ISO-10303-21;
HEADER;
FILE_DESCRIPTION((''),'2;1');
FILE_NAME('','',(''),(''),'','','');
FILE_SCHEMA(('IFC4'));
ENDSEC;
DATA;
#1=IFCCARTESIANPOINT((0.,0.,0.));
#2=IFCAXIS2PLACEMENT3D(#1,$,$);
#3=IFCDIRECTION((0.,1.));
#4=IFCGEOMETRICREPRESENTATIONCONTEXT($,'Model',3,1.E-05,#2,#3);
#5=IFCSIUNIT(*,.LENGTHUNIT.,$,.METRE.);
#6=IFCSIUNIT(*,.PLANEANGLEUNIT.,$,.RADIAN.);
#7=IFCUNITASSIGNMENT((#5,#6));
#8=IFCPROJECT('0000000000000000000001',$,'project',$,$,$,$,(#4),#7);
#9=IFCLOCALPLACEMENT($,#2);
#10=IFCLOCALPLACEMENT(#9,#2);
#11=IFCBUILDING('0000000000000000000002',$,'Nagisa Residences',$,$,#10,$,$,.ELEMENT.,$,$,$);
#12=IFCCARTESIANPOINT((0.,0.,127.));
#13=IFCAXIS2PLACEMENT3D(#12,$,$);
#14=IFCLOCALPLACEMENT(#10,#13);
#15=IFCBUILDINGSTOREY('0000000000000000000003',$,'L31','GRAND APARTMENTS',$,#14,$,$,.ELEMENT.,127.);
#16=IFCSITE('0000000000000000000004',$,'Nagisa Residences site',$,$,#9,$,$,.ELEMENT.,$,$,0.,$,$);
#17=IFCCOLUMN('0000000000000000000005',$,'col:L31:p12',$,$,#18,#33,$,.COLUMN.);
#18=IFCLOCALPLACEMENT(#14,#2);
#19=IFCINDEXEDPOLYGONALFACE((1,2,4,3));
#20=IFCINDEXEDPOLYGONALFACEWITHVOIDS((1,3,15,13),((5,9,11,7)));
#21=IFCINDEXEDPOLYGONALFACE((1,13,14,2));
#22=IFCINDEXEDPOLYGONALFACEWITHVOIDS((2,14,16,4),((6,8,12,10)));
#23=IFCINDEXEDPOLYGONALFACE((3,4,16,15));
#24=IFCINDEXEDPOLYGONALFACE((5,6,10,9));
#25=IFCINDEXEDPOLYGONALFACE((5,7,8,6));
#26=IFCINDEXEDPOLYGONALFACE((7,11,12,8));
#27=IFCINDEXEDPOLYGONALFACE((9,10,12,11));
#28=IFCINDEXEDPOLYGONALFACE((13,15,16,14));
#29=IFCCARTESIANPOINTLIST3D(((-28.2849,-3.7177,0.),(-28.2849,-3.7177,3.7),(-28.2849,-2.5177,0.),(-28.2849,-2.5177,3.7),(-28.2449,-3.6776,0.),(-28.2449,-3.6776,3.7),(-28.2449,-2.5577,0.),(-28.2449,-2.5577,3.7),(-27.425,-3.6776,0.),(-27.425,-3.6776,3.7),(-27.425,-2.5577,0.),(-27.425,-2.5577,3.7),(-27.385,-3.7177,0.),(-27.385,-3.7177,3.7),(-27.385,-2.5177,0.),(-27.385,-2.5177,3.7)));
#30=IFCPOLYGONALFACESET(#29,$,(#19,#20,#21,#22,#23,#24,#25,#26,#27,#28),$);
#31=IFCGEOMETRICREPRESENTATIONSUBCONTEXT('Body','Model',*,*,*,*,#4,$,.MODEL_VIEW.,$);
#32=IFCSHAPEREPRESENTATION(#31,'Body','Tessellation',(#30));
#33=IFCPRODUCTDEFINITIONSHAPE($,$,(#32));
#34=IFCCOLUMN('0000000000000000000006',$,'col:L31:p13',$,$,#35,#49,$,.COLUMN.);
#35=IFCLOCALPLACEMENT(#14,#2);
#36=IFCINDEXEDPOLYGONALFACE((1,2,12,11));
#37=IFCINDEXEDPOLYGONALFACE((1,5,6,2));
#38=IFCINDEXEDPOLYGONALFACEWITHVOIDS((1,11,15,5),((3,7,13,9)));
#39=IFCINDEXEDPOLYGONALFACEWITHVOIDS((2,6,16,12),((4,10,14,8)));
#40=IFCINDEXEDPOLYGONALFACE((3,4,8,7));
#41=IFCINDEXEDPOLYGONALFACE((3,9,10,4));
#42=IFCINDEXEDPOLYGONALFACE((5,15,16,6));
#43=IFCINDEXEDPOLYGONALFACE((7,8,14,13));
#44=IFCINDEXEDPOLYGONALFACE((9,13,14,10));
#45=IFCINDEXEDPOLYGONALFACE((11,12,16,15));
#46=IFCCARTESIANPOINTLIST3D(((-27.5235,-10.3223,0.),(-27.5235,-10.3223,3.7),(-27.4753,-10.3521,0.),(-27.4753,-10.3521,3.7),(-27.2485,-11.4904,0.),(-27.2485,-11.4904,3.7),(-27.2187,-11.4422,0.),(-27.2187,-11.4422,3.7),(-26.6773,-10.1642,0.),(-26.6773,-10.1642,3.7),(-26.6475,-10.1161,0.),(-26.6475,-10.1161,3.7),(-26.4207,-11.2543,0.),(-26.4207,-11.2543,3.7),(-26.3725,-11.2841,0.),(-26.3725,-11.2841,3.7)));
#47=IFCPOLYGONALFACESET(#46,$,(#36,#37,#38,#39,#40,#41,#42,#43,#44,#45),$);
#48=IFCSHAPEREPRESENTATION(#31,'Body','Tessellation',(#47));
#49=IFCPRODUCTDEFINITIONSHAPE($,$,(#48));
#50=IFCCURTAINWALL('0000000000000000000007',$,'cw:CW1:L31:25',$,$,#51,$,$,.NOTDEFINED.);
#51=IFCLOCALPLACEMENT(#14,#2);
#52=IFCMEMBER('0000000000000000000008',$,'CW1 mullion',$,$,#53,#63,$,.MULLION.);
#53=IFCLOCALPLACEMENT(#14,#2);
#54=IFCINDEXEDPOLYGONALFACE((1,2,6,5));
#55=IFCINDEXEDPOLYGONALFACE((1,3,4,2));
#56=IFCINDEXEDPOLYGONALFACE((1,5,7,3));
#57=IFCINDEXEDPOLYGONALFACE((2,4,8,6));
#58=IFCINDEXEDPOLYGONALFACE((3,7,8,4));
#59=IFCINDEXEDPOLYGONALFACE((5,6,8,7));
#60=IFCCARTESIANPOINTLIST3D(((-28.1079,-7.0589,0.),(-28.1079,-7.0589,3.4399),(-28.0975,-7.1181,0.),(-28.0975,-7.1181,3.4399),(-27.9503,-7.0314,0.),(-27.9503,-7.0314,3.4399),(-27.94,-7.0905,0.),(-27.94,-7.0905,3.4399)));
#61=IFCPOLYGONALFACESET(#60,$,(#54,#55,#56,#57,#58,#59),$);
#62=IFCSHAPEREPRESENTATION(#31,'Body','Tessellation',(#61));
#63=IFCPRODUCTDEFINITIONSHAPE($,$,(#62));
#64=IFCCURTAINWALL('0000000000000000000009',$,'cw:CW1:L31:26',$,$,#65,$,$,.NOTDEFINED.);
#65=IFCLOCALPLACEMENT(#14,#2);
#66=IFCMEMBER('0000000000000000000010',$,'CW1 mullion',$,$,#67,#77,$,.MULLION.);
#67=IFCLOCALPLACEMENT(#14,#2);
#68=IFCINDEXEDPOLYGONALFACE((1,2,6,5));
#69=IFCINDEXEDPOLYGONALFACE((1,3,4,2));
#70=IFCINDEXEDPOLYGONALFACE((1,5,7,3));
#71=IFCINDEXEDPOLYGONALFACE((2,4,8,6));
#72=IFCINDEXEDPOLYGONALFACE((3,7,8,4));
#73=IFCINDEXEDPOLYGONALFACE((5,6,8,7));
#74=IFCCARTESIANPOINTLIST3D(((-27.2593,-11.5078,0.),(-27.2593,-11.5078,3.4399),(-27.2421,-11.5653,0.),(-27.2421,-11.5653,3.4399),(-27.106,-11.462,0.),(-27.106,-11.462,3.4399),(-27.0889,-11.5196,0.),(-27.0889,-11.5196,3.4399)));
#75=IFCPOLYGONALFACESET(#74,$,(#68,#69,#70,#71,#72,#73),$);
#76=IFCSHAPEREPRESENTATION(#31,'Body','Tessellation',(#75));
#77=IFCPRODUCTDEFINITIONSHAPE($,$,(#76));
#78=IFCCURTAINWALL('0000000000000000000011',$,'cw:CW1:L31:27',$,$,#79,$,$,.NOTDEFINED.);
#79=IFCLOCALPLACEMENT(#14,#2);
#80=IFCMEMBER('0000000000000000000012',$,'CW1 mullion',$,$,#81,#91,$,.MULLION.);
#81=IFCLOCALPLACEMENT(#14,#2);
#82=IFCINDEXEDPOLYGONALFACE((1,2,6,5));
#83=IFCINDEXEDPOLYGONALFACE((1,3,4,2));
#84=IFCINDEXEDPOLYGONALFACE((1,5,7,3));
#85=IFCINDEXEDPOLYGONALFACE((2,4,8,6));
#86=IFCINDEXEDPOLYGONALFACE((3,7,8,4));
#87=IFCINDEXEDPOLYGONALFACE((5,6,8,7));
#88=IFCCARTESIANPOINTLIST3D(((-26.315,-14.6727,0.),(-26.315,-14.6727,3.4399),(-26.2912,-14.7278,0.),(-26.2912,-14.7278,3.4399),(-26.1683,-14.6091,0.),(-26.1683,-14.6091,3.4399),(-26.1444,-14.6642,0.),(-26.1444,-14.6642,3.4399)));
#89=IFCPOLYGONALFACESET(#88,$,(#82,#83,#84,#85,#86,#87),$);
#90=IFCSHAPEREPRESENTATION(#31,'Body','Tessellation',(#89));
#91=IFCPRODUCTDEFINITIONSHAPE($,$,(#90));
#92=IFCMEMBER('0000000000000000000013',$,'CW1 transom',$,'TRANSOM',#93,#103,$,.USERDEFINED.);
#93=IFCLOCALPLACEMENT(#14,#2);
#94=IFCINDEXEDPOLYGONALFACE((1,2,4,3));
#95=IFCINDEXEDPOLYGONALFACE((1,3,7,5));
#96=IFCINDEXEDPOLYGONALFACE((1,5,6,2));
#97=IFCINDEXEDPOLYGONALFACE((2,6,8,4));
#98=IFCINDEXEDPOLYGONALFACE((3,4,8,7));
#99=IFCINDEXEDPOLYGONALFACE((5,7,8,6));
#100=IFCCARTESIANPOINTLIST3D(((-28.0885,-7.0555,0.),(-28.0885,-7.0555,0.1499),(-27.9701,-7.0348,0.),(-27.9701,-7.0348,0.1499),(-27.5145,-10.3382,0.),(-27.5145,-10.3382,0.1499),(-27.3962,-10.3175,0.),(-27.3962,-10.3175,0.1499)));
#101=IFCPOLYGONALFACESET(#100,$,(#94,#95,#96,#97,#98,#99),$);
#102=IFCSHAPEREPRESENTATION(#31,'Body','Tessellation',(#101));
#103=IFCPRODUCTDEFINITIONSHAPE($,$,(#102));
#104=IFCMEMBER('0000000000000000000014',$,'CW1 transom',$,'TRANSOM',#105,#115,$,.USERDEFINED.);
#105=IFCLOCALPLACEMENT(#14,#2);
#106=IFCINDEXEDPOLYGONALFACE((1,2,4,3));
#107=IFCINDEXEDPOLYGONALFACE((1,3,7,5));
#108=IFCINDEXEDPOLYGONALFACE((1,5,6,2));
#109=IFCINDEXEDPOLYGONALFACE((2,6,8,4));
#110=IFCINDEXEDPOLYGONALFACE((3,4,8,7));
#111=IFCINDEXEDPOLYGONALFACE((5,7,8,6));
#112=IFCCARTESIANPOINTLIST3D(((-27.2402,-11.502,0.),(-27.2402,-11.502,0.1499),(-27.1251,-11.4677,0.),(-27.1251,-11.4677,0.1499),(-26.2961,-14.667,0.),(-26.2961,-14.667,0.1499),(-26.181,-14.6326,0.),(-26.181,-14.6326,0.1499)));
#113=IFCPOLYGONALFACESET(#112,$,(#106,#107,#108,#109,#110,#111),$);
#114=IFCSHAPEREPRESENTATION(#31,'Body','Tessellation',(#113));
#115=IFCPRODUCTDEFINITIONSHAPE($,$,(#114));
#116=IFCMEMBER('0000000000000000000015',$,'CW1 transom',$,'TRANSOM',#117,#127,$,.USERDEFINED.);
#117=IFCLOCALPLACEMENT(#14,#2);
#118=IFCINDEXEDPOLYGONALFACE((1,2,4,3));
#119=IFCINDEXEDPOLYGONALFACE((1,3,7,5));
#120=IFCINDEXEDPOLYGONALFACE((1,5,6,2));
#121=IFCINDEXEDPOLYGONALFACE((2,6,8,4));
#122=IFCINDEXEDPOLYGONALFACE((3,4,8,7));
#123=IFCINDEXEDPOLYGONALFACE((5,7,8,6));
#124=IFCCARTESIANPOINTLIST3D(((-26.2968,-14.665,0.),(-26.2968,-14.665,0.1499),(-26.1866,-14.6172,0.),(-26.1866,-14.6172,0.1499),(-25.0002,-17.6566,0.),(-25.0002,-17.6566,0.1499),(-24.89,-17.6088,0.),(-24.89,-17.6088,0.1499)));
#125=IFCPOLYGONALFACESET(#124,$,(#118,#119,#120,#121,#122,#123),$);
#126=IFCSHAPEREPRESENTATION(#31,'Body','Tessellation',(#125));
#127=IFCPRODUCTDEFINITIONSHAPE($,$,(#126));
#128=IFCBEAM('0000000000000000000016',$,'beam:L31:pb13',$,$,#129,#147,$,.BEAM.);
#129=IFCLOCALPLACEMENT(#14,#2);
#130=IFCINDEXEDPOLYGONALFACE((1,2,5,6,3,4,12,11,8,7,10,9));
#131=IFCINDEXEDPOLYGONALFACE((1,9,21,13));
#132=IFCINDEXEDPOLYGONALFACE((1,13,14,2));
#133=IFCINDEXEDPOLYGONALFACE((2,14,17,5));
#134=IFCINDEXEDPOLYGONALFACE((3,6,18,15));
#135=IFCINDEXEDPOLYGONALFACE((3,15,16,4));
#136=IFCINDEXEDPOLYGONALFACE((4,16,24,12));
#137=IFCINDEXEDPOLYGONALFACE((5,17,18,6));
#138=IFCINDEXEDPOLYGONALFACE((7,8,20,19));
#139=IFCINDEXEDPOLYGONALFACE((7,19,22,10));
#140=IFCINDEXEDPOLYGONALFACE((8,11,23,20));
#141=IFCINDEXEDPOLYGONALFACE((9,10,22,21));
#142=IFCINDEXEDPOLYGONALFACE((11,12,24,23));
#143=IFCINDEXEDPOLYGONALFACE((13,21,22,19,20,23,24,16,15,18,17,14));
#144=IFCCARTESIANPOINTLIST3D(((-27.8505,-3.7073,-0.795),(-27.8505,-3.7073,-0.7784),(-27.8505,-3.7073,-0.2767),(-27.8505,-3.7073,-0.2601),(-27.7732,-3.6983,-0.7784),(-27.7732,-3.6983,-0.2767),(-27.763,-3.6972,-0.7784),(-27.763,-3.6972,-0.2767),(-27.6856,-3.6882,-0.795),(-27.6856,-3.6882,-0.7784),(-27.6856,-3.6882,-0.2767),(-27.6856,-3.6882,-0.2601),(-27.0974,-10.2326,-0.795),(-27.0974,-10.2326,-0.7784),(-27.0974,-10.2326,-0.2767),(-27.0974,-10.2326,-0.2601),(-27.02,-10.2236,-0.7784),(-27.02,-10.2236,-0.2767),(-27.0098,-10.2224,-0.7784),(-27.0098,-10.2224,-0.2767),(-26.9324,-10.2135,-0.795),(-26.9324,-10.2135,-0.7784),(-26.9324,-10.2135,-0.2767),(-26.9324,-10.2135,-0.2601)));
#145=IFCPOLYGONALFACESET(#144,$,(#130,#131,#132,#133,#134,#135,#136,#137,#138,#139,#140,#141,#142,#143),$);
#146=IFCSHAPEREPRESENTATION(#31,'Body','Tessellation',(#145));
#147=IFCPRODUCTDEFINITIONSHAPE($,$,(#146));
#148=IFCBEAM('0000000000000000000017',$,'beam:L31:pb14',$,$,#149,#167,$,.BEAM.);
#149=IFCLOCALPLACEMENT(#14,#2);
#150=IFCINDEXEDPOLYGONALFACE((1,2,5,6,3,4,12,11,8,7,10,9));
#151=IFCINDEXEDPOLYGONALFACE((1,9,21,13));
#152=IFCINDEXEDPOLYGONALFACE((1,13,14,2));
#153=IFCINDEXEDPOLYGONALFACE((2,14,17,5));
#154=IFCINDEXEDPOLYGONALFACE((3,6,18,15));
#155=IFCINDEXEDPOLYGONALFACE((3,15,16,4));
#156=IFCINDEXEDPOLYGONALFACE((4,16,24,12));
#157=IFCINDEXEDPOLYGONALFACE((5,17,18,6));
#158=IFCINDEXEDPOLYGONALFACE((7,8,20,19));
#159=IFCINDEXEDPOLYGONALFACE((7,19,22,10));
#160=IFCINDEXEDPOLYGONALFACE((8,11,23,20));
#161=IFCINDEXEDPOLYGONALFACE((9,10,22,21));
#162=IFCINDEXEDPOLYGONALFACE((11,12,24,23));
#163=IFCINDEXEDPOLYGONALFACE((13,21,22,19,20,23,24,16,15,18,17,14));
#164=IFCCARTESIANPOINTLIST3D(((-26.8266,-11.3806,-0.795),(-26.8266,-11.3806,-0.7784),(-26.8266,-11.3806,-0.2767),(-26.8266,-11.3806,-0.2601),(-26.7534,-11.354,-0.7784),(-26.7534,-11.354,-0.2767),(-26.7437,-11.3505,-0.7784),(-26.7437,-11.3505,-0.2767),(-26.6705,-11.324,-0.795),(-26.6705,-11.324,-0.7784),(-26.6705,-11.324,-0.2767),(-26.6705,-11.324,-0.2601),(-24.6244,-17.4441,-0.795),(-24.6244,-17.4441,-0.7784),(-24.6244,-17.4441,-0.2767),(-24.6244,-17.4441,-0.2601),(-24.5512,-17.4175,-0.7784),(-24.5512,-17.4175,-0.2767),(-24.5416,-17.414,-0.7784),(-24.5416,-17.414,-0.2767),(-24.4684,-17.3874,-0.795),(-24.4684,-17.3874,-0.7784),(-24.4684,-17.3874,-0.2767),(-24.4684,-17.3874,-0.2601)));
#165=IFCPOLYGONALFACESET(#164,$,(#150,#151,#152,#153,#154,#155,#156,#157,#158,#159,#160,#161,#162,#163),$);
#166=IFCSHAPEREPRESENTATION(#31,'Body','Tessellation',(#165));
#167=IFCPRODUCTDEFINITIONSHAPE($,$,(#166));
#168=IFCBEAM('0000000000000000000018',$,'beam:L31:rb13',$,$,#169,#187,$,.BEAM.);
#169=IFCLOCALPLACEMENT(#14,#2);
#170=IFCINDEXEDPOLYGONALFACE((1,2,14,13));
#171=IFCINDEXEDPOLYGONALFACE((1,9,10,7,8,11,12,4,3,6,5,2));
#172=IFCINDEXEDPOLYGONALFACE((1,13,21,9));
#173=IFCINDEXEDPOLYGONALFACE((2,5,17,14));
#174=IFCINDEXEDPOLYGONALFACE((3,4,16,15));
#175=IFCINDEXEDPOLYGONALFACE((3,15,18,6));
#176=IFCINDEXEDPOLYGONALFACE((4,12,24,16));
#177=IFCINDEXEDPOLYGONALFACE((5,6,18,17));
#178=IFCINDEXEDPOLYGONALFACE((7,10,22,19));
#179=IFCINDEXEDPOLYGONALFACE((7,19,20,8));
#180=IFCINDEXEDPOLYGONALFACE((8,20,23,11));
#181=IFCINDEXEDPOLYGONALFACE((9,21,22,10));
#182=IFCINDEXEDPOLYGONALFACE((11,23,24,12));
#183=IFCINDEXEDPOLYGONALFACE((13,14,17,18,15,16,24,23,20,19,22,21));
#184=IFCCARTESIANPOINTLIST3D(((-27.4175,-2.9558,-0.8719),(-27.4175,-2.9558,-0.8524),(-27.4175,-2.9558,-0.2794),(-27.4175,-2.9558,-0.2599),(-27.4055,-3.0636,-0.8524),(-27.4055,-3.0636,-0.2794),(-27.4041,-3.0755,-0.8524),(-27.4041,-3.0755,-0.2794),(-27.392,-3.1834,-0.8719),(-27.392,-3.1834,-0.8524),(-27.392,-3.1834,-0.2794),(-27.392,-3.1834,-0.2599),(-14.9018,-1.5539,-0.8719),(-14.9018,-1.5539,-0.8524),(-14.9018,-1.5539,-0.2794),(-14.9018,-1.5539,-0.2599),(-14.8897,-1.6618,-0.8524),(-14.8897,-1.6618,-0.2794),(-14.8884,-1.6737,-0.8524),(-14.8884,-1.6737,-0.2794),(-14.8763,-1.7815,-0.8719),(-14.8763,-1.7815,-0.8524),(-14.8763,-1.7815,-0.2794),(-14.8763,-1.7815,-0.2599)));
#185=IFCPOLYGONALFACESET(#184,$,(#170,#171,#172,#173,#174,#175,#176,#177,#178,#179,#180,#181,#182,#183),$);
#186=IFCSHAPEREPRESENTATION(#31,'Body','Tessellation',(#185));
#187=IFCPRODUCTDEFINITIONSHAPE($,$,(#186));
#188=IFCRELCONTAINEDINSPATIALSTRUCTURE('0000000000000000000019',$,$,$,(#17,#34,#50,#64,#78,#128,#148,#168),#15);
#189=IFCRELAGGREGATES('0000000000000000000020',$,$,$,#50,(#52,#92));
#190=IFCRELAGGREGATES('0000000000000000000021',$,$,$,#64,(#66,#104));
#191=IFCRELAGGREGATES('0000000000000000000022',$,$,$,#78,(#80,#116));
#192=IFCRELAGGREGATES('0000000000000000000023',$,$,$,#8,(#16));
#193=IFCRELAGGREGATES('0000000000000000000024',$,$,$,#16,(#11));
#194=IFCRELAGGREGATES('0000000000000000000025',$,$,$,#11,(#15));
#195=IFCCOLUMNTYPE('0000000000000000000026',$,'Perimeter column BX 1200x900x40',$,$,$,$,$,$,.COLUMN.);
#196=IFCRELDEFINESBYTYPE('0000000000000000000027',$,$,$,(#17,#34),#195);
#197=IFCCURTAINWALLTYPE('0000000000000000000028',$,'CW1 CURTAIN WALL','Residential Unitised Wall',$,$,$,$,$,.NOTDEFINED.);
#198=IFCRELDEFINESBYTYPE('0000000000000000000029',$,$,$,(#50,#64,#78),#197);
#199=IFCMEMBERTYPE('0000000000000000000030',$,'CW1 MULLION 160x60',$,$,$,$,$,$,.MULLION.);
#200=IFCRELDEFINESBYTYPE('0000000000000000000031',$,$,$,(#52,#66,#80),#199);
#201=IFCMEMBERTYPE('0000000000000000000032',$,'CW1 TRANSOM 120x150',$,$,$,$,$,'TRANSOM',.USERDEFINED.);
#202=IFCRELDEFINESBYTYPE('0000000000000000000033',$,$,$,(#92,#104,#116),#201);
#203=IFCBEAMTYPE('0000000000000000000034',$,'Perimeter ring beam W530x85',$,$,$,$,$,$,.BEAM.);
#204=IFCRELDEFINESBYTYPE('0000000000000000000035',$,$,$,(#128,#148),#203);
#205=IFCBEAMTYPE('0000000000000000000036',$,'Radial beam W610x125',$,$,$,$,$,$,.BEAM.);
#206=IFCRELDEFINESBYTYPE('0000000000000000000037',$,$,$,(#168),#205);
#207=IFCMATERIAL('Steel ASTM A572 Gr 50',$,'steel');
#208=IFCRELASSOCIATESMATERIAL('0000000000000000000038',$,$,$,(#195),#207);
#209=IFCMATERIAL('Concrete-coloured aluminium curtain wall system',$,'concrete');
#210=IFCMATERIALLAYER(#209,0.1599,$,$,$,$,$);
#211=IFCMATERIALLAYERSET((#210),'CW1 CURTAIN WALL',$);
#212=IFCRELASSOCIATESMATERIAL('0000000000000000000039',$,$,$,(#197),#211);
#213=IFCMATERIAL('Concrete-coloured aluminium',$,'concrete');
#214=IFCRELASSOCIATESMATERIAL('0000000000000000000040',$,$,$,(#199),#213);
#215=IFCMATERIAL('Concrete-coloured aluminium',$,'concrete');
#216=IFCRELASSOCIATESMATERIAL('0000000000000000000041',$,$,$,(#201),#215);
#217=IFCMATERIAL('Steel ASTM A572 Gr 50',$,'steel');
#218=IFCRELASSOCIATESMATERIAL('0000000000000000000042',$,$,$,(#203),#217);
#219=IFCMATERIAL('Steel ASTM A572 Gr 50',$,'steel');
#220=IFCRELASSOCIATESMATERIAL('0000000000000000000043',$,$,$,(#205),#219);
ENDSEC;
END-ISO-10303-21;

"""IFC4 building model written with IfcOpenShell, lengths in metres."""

from ifc_helpers import new_model, si_unit, direction, frame, origin, origin_2d, place, context, subcontext, project, spatial, rectangle, hollow_rectangle, i_section, extrude, material, layer, layer_set, material_profile, profile_set, type_object, element, aggregate, save


model = new_model("IFC4")

# Units and contexts
model_context = context("Model", 3, precision=1e-05, world=origin(), true_north=direction((0.0, 1.0)))
body_context = subcontext(model_context, "Body", "Model", "MODEL_VIEW")
ifc_project = project(units=[si_unit("LENGTHUNIT", "METRE"), si_unit("PLANEANGLEUNIT", "RADIAN")], contexts=[model_context])

# Site, building, storey
site_placement = place(None, origin())
site = spatial("IfcSite", under=ifc_project, at=site_placement, Name="Nagisa Residences site", CompositionType="ELEMENT", RefElevation=0.0)
building_placement = place(site_placement, origin())
building = spatial("IfcBuilding", under=site, at=building_placement, Name="Nagisa Residences", CompositionType="ELEMENT")
storey_placement = place(building_placement, frame((0.0, 0.0, 127.0)))
storey = spatial("IfcBuildingStorey", under=building, at=storey_placement, Name="L31", Description="GRAND APARTMENTS", CompositionType="ELEMENT", Elevation=127.0)

# Columns
ifc_material_1 = material(Name="Steel ASTM A572 Gr 50", Category="steel")
ifc_material_profile_1 = material_profile(ifc_material_1, hollow_rectangle(XDim=1.2, YDim=0.8999, WallThickness=0.04, at=origin_2d()), Name="BX 1200x900x40")
ifc_profile_set_1 = profile_set([ifc_material_profile_1], Name="Steel ASTM A572 Gr 50")
column_type = type_object("IfcColumnType", Name="Perimeter column BX 1200x900x40", PredefinedType="COLUMN", material=ifc_profile_set_1)
for number, where, z_axis, x_axis, name in (
    (1, (-27.835, -3.1177, 0.0), (0.0, 0.0, 1.0), (0.0, -1.0, 0.0), "col:L31:p12"),
    (2, (-26.948, -10.8032, 0.0), (0.0, 0.0, 1.0), (0.229202, -0.973379, 0.0), "col:L31:p13"),
):
    element("IfcColumn", number, at=place(storey_placement, frame(where, z_axis=z_axis, x_axis=x_axis)), inside=storey, type_object=column_type, Name=name, PredefinedType="COLUMN", context=body_context, shape_type="SweptSolid", body=[
        extrude(hollow_rectangle(XDim=1.2, YDim=0.8999, WallThickness=0.04, at=origin_2d()), origin(), (0.0, 0.0, 1.0), 3.7),
    ])

# Curtain walls, members
ifc_material_2 = material(Name="Concrete-coloured aluminium curtain wall system", Category="concrete")
ifc_layer_1 = layer(ifc_material_2, 0.1599)
ifc_layer_set_1 = layer_set([ifc_layer_1], Name="CW1 CURTAIN WALL")
curtain_wall_type = type_object("IfcCurtainWallType", Name="CW1 CURTAIN WALL", Description="Residential Unitised Wall", PredefinedType="NOTDEFINED", material=ifc_layer_set_1)
curtain_wall_1_placement = place(storey_placement, origin())
curtain_wall_1 = element("IfcCurtainWall", 3, at=curtain_wall_1_placement, inside=storey, type_object=curtain_wall_type, Name="cw:CW1:L31:25", PredefinedType="NOTDEFINED")
ifc_material_3 = material(Name="Concrete-coloured aluminium", Category="concrete")
ifc_material_profile_2 = material_profile(ifc_material_3, rectangle(XDim=0.1599, YDim=0.0601, at=origin_2d()), Name="CW1 MULLION 160x60")
ifc_profile_set_2 = profile_set([ifc_material_profile_2], Name="Concrete-coloured aluminium")
member_type_1 = type_object("IfcMemberType", Name="CW1 MULLION 160x60", PredefinedType="MULLION", material=ifc_profile_set_2)
member_1_placement = place(storey_placement, frame((-28.0239, -7.0747, 0.0), z_axis=(0.0, 0.0, 1.0), x_axis=(0.985064, 0.172191, 0.0)))
member_1 = element("IfcMember", 4, at=member_1_placement, type_object=member_type_1, Name="CW1 mullion", PredefinedType="MULLION", context=body_context, shape_type="SweptSolid", body=[
    extrude(rectangle(XDim=0.1599, YDim=0.0601, at=origin_2d()), origin(), (0.0, 0.0, 1.0), 3.4399),
])
curtain_wall_2_placement = place(storey_placement, origin())
curtain_wall_2 = element("IfcCurtainWall", 5, at=curtain_wall_2_placement, inside=storey, type_object=curtain_wall_type, Name="cw:CW1:L31:26", PredefinedType="NOTDEFINED")
member_2_placement = place(storey_placement, frame((-27.1741, -11.5137, 0.0), z_axis=(0.0, 0.0, 1.0), x_axis=(0.958271, 0.28586, 0.0)))
member_2 = element("IfcMember", 6, at=member_2_placement, type_object=member_type_1, Name="CW1 mullion", PredefinedType="MULLION", context=body_context, shape_type="SweptSolid", body=[
    extrude(rectangle(XDim=0.1599, YDim=0.0601, at=origin_2d()), origin(), (0.0, 0.0, 1.0), 3.4399),
])
curtain_wall_3_placement = place(storey_placement, origin())
curtain_wall_3 = element("IfcCurtainWall", 7, at=curtain_wall_3_placement, inside=storey, type_object=curtain_wall_type, Name="cw:CW1:L31:27", PredefinedType="NOTDEFINED")
member_3_placement = place(storey_placement, frame((-26.2297, -14.6685, 0.0), z_axis=(0.0, 0.0, 1.0), x_axis=(0.917543, 0.397636, 0.0)))
member_3 = element("IfcMember", 8, at=member_3_placement, type_object=member_type_1, Name="CW1 mullion", PredefinedType="MULLION", context=body_context, shape_type="SweptSolid", body=[
    extrude(rectangle(XDim=0.1599, YDim=0.0601, at=origin_2d()), origin(), (0.0, 0.0, 1.0), 3.4399),
])

# Members
ifc_material_4 = material(Name="Concrete-coloured aluminium", Category="concrete")
ifc_material_profile_3 = material_profile(ifc_material_4, rectangle(XDim=0.1201, YDim=0.1499, at=origin_2d()), Name="CW1 TRANSOM 120x150")
ifc_profile_set_3 = profile_set([ifc_material_profile_3], Name="Concrete-coloured aluminium")
member_type_2 = type_object("IfcMemberType", Name="CW1 TRANSOM 120x150", ElementType="TRANSOM", PredefinedType="USERDEFINED", material=ifc_profile_set_3)
member_4_placement = place(storey_placement, frame((-28.0293, -7.0452, 0.075), z_axis=(0.172235, -0.985056, 0.0), x_axis=(0.985056, 0.172235, 0.0)))
member_4 = element("IfcMember", 9, at=member_4_placement, type_object=member_type_2, Name="CW1 transom", ObjectType="TRANSOM", PredefinedType="USERDEFINED", context=body_context, shape_type="SweptSolid", body=[
    extrude(rectangle(XDim=0.1201, YDim=0.1499, at=origin_2d()), origin(), (0.0, 0.0, 1.0), 3.3325),
])
member_5_placement = place(storey_placement, frame((-27.1826, -11.4849, 0.075), z_axis=(0.285842, -0.958277, 0.0), x_axis=(0.958277, 0.285842, 0.0)))
member_5 = element("IfcMember", 10, at=member_5_placement, type_object=member_type_2, Name="CW1 transom", ObjectType="TRANSOM", PredefinedType="USERDEFINED", context=body_context, shape_type="SweptSolid", body=[
    extrude(rectangle(XDim=0.1201, YDim=0.1499, at=origin_2d()), origin(), (0.0, 0.0, 1.0), 3.3027),
])
member_6_placement = place(storey_placement, frame((-26.2417, -14.6411, 0.075), z_axis=(0.397666, -0.91753, 0.0), x_axis=(0.91753, 0.397666, 0.0)))
member_6 = element("IfcMember", 11, at=member_6_placement, type_object=member_type_2, Name="CW1 transom", ObjectType="TRANSOM", PredefinedType="USERDEFINED", context=body_context, shape_type="SweptSolid", body=[
    extrude(rectangle(XDim=0.1201, YDim=0.1499, at=origin_2d()), origin(), (0.0, 0.0, 1.0), 3.2605),
])

# Beams
ifc_material_5 = material(Name="Steel ASTM A572 Gr 50", Category="steel")
ifc_material_profile_4 = material_profile(ifc_material_5, i_section(OverallWidth=0.166, OverallDepth=0.5349, WebThickness=0.0103, FlangeThickness=0.0166, at=origin_2d()), Name="W530x85")
ifc_profile_set_4 = profile_set([ifc_material_profile_4], Name="Steel ASTM A572 Gr 50")
beam_type_1 = type_object("IfcBeamType", Name="Perimeter ring beam W530x85", PredefinedType="BEAM", material=ifc_profile_set_4)
beam_1_placement = place(storey_placement, frame((-27.7681, -3.6978, -0.5276), z_axis=(0.114661, -0.993405, 0.0), x_axis=(0.993405, 0.114661, 0.0)))
element("IfcBeam", 12, at=beam_1_placement, inside=storey, type_object=beam_type_1, Name="beam:L31:pb13", PredefinedType="BEAM", context=body_context, shape_type="SweptSolid", body=[
    extrude(i_section(OverallWidth=0.166, OverallDepth=0.5349, WebThickness=0.0103, FlangeThickness=0.0166, at=origin_2d()), origin(), (0.0, 0.0, 1.0), 6.5686),
])
beam_2_placement = place(storey_placement, frame((-26.7485, -11.3523, -0.5276), z_axis=(0.341366, -0.93993, 0.0), x_axis=(0.93993, 0.341366, 0.0)))
element("IfcBeam", 13, at=beam_2_placement, inside=storey, type_object=beam_type_1, Name="beam:L31:pb14", PredefinedType="BEAM", context=body_context, shape_type="SweptSolid", body=[
    extrude(i_section(OverallWidth=0.166, OverallDepth=0.5349, WebThickness=0.0103, FlangeThickness=0.0166, at=origin_2d()), origin(), (0.0, 0.0, 1.0), 6.4509),
])
ifc_material_6 = material(Name="Steel ASTM A572 Gr 50", Category="steel")
ifc_material_profile_5 = material_profile(ifc_material_6, i_section(OverallWidth=0.229, OverallDepth=0.6121, WebThickness=0.012, FlangeThickness=0.0195, at=origin_2d()), Name="W610x125")
ifc_profile_set_5 = profile_set([ifc_material_profile_5], Name="Steel ASTM A572 Gr 50")
beam_type_2 = type_object("IfcBeamType", Name="Radial beam W610x125", PredefinedType="BEAM", material=ifc_profile_set_5)
beam_3_placement = place(storey_placement, frame((-27.4048, -3.0696, -0.5659), z_axis=(0.993785, 0.111312, 0.0), x_axis=(-0.111312, 0.993785, 0.0)))
element("IfcBeam", 14, at=beam_3_placement, inside=storey, type_object=beam_type_2, Name="beam:L31:rb13", PredefinedType="BEAM", context=body_context, shape_type="SweptSolid", body=[
    extrude(i_section(OverallWidth=0.229, OverallDepth=0.6121, WebThickness=0.012, FlangeThickness=0.0195, at=origin_2d()), origin(), (0.0, 0.0, 1.0), 12.594),
])

aggregate(curtain_wall_1, [member_1, member_4])
aggregate(curtain_wall_2, [member_2, member_5])
aggregate(curtain_wall_3, [member_3, member_6])

save(model, "model.ifc")
